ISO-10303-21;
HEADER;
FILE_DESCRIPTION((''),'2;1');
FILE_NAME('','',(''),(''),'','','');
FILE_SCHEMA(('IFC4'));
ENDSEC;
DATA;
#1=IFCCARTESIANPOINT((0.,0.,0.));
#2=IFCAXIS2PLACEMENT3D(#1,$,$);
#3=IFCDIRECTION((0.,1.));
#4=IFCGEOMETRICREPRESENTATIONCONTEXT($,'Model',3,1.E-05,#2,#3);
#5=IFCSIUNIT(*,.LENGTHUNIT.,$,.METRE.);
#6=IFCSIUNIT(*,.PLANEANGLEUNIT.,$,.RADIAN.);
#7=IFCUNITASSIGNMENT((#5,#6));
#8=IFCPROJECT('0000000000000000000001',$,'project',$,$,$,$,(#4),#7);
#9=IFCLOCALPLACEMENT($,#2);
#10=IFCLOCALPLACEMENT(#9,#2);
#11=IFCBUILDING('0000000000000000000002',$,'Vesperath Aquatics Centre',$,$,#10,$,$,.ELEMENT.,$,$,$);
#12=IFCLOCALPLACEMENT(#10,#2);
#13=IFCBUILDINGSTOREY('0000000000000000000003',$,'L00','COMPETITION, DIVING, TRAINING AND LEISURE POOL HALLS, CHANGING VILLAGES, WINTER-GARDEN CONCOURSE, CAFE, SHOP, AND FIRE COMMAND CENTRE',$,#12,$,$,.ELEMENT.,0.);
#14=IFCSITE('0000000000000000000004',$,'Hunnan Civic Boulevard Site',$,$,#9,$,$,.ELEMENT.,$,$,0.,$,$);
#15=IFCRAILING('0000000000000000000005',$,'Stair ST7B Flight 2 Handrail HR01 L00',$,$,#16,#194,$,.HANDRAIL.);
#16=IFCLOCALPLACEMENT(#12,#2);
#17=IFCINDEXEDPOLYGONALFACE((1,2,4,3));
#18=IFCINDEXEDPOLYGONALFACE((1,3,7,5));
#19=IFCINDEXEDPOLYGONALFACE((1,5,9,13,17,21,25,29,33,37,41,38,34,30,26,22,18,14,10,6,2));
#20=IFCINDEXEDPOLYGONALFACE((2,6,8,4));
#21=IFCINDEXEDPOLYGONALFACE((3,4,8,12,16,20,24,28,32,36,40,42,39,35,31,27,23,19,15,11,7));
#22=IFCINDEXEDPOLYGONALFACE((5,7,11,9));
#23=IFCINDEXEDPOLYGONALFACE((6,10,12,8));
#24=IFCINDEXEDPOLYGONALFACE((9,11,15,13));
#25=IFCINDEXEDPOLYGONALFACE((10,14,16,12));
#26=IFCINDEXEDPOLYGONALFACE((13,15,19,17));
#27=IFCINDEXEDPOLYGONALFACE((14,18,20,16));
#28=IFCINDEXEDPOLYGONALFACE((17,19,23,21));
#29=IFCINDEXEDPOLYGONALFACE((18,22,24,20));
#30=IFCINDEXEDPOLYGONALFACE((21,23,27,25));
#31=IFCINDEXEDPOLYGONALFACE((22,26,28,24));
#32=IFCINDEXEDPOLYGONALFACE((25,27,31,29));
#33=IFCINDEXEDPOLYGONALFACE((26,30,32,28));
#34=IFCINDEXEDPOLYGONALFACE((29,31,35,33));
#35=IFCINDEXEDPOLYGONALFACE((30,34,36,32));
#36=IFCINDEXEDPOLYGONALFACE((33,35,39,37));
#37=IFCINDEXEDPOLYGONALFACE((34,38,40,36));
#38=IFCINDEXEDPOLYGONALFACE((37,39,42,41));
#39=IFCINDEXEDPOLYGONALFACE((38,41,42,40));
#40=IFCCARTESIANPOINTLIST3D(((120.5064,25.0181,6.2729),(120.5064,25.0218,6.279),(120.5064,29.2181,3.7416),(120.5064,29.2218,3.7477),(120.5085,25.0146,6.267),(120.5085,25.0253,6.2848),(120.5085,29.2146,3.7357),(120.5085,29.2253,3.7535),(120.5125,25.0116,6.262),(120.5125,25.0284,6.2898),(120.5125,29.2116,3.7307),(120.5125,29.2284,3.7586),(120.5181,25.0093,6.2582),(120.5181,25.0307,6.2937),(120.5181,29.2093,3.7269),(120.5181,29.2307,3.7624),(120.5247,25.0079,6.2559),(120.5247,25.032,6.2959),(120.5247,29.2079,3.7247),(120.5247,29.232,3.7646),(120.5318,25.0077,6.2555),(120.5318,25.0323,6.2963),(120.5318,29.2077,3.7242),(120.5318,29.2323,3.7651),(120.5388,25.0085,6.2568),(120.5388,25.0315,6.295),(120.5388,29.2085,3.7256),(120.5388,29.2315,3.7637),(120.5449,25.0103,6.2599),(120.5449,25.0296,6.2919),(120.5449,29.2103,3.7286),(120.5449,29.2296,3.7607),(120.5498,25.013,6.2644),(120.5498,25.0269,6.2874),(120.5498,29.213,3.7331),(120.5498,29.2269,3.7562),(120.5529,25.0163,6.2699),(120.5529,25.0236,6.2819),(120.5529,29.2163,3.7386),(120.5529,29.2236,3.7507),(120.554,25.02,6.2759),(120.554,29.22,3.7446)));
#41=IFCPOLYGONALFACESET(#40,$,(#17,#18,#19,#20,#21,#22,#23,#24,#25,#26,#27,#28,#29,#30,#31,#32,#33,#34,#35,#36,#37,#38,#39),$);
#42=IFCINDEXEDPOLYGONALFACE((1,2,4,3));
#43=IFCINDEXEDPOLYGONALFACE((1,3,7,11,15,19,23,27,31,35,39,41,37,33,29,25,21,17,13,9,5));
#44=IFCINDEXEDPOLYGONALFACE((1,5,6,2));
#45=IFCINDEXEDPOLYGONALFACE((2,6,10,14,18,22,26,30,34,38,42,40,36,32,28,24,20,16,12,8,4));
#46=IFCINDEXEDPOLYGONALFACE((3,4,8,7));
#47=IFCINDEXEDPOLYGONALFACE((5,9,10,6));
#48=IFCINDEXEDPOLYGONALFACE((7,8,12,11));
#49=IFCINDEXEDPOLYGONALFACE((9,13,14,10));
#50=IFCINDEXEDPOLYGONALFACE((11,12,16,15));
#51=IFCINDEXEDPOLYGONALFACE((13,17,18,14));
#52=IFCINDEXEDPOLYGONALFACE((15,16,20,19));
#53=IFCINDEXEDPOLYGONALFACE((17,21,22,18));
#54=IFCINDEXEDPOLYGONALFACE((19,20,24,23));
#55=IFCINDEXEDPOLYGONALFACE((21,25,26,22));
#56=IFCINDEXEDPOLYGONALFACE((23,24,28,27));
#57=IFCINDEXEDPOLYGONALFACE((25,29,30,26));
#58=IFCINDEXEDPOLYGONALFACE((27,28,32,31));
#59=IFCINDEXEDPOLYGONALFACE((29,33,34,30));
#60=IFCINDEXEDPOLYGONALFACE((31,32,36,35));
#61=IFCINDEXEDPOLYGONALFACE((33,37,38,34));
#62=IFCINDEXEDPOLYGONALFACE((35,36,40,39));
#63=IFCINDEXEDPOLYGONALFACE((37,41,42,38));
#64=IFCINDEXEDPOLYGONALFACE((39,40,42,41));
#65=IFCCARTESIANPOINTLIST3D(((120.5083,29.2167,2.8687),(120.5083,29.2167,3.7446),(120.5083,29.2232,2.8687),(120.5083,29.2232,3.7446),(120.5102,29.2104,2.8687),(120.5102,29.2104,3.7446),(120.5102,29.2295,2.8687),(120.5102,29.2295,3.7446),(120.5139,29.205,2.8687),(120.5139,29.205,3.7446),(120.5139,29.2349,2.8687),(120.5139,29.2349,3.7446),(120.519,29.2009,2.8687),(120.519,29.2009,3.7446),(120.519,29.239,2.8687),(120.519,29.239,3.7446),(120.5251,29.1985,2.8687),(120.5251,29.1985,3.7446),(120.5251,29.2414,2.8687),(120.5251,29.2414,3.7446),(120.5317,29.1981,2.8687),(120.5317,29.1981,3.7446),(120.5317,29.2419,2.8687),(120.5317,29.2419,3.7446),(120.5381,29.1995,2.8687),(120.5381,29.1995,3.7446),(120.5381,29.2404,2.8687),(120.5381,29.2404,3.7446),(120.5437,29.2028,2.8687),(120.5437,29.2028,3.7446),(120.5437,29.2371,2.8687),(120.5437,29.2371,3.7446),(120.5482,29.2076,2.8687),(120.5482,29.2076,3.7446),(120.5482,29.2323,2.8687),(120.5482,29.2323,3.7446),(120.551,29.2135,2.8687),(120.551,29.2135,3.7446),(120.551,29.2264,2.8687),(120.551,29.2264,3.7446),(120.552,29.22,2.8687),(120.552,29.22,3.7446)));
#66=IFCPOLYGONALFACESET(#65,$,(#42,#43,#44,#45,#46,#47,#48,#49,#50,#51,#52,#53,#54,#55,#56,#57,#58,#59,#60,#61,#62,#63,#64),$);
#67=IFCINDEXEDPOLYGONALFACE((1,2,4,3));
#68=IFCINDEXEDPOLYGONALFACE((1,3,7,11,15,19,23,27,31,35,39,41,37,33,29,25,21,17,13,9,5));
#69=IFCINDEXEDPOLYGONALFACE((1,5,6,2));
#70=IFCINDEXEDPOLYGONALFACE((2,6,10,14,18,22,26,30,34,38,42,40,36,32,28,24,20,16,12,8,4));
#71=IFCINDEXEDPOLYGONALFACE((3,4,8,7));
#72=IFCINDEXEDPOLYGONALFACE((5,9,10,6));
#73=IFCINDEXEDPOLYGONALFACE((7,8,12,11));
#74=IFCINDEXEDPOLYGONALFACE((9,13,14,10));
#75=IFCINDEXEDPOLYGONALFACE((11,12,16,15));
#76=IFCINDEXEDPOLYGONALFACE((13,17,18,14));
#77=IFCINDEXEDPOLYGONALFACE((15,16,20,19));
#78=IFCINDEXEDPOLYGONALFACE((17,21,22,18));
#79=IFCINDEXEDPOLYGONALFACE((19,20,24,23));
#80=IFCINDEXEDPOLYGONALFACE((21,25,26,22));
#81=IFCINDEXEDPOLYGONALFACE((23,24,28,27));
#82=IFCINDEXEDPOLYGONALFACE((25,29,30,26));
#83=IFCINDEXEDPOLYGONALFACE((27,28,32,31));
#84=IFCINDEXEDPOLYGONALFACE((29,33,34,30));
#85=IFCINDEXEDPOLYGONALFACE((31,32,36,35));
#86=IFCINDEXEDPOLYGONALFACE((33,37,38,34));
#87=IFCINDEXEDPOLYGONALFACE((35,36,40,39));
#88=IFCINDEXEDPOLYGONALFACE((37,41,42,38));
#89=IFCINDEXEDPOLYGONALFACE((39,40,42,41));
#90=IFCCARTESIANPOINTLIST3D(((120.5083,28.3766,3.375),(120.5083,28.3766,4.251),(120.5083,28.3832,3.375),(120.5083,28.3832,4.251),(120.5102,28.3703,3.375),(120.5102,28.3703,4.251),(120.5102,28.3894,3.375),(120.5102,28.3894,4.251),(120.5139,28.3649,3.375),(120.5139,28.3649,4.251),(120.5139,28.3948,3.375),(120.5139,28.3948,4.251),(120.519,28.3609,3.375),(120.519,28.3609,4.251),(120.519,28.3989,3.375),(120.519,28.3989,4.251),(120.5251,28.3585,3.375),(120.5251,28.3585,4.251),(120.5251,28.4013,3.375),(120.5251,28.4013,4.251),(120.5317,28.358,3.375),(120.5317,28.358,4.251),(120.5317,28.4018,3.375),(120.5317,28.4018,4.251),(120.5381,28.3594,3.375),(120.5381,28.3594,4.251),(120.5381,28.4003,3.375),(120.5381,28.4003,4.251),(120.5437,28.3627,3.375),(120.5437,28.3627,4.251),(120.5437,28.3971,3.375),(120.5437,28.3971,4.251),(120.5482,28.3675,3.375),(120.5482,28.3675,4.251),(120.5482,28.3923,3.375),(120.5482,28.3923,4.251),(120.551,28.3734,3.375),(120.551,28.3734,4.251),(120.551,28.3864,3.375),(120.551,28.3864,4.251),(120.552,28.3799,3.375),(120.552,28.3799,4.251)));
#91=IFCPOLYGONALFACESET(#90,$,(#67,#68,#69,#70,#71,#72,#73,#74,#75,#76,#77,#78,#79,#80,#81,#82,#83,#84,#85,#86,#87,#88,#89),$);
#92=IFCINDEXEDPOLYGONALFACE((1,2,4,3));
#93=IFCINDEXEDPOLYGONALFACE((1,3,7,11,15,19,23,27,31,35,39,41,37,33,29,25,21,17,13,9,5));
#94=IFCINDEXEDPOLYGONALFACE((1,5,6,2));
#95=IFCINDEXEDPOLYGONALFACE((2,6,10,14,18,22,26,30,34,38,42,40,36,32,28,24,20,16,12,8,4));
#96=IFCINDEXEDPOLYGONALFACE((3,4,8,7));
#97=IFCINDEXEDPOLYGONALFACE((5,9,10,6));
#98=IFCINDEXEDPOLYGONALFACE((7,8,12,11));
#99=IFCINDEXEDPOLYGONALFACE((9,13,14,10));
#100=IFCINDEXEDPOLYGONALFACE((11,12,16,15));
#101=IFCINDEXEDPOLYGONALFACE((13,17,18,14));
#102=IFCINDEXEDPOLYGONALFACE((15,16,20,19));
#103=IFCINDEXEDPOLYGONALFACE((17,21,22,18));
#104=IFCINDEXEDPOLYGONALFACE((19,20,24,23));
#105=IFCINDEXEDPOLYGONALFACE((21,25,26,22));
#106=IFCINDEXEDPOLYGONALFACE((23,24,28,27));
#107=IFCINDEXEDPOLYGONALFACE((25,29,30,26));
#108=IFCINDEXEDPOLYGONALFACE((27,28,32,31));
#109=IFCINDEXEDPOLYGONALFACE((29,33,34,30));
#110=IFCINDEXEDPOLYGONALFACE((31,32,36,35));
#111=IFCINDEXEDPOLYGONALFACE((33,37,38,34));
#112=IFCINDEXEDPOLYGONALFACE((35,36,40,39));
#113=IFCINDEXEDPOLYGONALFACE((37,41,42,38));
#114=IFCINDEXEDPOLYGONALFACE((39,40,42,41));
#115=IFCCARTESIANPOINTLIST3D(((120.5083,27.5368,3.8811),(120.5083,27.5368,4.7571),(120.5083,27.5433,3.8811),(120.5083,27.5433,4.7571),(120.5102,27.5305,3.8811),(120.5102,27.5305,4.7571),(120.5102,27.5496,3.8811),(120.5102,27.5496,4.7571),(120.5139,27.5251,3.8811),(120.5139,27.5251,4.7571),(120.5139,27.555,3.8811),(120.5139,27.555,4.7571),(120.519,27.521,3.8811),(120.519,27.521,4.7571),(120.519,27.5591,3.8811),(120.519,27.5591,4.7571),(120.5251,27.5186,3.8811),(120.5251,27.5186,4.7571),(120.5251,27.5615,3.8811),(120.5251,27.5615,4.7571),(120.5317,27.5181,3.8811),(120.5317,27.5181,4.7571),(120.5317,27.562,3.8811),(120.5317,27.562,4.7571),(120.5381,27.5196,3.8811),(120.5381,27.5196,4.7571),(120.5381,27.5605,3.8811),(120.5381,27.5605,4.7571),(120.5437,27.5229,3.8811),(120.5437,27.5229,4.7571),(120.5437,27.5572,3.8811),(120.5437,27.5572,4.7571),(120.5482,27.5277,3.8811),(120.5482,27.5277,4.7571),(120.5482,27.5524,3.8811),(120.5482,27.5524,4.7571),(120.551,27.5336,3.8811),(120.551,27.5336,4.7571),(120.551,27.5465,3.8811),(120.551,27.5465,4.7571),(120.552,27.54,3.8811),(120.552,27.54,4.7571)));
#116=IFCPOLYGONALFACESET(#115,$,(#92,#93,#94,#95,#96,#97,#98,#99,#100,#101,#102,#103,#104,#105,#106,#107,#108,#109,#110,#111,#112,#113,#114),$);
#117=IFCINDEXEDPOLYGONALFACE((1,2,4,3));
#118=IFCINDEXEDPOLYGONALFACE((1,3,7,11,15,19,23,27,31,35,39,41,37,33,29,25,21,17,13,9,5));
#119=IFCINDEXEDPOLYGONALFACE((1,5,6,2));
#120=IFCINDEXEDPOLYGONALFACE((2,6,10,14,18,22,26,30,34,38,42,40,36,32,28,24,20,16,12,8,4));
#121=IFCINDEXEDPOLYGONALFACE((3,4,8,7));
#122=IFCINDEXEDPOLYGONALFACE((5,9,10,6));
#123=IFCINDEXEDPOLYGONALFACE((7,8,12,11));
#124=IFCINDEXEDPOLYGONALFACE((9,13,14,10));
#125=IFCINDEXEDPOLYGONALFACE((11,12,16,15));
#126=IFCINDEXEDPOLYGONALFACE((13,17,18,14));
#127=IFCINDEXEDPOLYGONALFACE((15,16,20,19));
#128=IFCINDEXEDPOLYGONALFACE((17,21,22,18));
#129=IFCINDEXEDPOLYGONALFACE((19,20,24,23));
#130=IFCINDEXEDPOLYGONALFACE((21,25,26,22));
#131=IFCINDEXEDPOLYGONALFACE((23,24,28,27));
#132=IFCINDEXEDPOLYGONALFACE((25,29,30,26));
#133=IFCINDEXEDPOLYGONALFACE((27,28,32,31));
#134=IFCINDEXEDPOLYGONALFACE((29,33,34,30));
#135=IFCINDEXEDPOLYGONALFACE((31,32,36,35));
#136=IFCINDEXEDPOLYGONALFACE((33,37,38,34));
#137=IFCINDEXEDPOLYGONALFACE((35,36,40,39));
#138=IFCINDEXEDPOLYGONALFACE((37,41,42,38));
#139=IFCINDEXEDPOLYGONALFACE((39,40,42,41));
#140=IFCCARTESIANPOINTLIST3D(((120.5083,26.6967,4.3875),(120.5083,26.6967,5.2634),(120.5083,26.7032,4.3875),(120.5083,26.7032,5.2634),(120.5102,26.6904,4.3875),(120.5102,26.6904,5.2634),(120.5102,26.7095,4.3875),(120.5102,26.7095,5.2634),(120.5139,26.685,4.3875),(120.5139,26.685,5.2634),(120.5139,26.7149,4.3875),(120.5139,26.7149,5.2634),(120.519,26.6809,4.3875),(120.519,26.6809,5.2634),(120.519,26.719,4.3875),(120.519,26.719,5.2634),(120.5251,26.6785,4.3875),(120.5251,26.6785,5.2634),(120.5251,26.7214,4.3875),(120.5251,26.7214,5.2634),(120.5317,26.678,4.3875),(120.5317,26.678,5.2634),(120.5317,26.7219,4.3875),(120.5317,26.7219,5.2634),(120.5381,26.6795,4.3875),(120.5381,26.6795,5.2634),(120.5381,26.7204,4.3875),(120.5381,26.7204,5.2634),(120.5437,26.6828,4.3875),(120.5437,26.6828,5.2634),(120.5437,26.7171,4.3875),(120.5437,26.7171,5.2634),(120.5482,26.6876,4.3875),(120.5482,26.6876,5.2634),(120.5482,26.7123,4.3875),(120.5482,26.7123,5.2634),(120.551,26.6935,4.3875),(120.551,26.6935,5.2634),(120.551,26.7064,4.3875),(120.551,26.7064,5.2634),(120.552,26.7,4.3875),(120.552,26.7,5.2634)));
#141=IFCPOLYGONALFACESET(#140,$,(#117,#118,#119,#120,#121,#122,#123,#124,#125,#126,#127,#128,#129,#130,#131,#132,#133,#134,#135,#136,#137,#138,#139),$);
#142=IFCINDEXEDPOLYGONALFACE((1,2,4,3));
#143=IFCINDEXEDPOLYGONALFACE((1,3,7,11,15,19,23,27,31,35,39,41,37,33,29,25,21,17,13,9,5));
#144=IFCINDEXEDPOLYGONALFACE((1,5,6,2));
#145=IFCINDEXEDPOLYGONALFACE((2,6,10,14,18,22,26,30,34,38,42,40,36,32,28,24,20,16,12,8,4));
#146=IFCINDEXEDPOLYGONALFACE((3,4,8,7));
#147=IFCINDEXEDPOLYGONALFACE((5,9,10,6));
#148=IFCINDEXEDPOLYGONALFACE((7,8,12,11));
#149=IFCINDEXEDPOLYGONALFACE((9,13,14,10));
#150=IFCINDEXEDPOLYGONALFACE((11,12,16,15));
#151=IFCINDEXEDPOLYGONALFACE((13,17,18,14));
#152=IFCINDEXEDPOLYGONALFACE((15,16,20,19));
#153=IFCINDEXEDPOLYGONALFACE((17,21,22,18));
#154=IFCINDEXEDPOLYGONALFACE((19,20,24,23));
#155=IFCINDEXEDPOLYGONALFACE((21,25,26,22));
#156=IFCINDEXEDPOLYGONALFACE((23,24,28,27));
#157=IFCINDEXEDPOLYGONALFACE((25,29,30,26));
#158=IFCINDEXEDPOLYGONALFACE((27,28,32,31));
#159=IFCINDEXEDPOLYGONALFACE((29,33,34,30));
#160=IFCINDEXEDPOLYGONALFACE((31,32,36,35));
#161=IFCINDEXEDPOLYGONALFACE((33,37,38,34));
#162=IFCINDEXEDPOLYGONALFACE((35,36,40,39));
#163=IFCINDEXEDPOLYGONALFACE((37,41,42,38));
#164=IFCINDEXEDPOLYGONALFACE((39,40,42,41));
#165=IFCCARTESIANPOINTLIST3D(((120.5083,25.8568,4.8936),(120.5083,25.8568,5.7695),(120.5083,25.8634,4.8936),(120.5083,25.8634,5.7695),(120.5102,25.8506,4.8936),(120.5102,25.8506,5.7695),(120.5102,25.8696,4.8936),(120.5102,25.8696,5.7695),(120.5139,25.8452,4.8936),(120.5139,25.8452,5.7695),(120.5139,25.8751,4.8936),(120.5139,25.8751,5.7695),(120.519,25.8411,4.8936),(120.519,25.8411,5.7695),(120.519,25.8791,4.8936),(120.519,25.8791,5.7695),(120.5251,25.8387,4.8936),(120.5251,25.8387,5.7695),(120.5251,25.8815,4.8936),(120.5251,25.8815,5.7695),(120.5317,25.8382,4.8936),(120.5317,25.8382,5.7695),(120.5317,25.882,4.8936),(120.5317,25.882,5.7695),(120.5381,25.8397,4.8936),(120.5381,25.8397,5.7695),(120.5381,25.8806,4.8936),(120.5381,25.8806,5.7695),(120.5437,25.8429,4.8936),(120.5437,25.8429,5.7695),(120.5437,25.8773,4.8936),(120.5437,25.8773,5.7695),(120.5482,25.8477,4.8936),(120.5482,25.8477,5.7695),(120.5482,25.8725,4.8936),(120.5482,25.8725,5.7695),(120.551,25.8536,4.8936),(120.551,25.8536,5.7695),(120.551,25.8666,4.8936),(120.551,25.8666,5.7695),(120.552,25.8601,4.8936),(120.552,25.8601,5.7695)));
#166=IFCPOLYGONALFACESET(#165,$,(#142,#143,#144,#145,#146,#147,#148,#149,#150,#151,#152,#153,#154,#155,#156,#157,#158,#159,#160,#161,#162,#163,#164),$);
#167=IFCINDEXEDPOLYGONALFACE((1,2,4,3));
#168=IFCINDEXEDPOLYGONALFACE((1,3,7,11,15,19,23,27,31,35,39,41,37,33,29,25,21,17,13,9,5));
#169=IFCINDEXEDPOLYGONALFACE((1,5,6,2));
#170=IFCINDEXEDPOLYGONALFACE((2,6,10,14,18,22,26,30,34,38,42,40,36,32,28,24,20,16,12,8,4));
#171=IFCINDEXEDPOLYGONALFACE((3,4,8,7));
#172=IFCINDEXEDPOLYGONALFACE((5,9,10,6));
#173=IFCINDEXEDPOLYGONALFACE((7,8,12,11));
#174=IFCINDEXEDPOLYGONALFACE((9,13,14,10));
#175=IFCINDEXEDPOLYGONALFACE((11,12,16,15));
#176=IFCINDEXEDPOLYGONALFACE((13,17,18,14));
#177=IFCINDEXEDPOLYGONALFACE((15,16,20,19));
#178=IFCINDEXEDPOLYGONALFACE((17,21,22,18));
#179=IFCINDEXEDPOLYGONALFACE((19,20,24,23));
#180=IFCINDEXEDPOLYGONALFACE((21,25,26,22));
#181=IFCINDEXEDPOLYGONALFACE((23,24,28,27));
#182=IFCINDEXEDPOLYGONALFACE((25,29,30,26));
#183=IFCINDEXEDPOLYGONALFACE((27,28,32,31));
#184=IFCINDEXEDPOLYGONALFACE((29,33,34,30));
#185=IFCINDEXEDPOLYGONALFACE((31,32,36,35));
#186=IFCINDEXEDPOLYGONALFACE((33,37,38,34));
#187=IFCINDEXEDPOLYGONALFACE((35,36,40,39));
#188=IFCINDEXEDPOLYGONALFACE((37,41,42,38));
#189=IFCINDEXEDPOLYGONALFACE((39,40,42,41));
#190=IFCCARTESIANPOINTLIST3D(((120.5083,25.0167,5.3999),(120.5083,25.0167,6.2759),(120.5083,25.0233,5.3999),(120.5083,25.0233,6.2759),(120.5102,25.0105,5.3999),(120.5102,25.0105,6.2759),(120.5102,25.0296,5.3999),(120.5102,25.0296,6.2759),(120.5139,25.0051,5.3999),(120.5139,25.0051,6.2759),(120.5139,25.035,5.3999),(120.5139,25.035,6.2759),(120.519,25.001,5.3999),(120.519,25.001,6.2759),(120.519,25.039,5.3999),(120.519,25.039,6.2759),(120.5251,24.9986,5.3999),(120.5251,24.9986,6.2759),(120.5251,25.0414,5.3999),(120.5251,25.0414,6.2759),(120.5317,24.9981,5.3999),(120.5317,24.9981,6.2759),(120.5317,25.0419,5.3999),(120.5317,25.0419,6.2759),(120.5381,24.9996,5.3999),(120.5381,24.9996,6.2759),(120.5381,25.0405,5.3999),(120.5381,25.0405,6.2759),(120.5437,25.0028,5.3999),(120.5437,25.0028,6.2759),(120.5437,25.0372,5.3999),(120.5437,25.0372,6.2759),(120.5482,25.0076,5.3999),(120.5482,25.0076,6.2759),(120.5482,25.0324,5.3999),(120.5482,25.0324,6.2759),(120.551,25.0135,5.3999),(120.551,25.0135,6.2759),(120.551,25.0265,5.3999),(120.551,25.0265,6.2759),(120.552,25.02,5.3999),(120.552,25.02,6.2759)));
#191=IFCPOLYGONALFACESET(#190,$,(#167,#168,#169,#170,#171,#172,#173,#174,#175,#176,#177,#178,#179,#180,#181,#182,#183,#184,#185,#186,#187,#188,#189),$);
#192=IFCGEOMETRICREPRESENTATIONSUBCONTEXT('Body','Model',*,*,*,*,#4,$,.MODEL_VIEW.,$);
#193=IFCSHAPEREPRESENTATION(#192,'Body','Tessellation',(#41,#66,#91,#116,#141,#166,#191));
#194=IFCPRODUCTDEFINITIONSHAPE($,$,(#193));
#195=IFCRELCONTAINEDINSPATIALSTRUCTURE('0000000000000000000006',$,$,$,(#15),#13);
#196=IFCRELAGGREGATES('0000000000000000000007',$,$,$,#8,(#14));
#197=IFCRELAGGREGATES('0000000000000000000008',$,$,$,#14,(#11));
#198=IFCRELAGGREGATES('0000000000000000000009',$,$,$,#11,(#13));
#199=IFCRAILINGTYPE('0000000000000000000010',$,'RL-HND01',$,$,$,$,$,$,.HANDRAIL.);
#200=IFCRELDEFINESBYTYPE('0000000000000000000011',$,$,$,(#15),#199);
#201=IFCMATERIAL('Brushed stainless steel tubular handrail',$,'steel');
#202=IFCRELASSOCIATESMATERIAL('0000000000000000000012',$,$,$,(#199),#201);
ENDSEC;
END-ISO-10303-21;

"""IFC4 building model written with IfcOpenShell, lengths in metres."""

from ifc_helpers import new_model, si_unit, direction, frame, origin, origin_2d, place, context, subcontext, project, spatial, circle, extrude, material, type_object, element, save


model = new_model("IFC4")

# Units and contexts
model_context = context("Model", 3, precision=1e-05, world=origin(), true_north=direction((0.0, 1.0)))
body_context = subcontext(model_context, "Body", "Model", "MODEL_VIEW")
ifc_project = project(units=[si_unit("LENGTHUNIT", "METRE"), si_unit("PLANEANGLEUNIT", "RADIAN")], contexts=[model_context])

# Site, building, storey
site_placement = place(None, origin())
site = spatial("IfcSite", under=ifc_project, at=site_placement, Name="Hunnan Civic Boulevard Site", CompositionType="ELEMENT", RefElevation=0.0)
building_placement = place(site_placement, origin())
building = spatial("IfcBuilding", under=site, at=building_placement, Name="Vesperath Aquatics Centre", CompositionType="ELEMENT")
storey_placement = place(building_placement, origin())
storey = spatial("IfcBuildingStorey", under=building, at=storey_placement, Name="L00", Description="COMPETITION, DIVING, TRAINING AND LEISURE POOL HALLS, CHANGING VILLAGES, WINTER-GARDEN CONCOURSE, CAFE, SHOP, AND FIRE COMMAND CENTRE", CompositionType="ELEMENT", Elevation=0.0)

# Railing
ifc_material_1 = material(Name="Brushed stainless steel tubular handrail", Category="steel")
railing_type_1 = type_object("IfcRailingType", Name="RL-HND01", PredefinedType="HANDRAIL", material=ifc_material_1)
railing_1_placement = place(storey_placement, frame((120.53, 29.22, 2.8687)))
element("IfcRailing", 1, at=railing_1_placement, inside=storey, type_object=railing_type_1, Name="Stair ST7B Flight 2 Handrail HR01 L00", PredefinedType="HANDRAIL", context=body_context, shape_type="SweptSolid", body=[
    extrude(circle(Radius=0.0239, at=origin_2d()), frame((0.0, 0.0, 0.876), z_axis=(0.0, -0.856476, 0.516186), x_axis=(1.0, 0.0, 0.0)), (0.0, 0.0, 1.0), 4.9038),
    extrude(circle(Radius=0.022, at=origin_2d()), origin(), (0.0, 0.0, 1.0), 0.876),
    extrude(circle(Radius=0.022, at=origin_2d()), frame((0.0, -0.8401, 0.5063)), (0.0, 0.0, 1.0), 0.876),
    extrude(circle(Radius=0.022, at=origin_2d()), frame((0.0, -1.6799, 1.0125)), (0.0, 0.0, 1.0), 0.876),
    extrude(circle(Radius=0.022, at=origin_2d()), frame((0.0, -2.52, 1.5188)), (0.0, 0.0, 1.0), 0.876),
    extrude(circle(Radius=0.022, at=origin_2d()), frame((0.0, -3.3599, 2.0249)), (0.0, 0.0, 1.0), 0.876),
    extrude(circle(Radius=0.022, at=origin_2d()), frame((0.0, -4.2, 2.5312)), (0.0, 0.0, 1.0), 0.876),
])

save(model, "model.ifc")
